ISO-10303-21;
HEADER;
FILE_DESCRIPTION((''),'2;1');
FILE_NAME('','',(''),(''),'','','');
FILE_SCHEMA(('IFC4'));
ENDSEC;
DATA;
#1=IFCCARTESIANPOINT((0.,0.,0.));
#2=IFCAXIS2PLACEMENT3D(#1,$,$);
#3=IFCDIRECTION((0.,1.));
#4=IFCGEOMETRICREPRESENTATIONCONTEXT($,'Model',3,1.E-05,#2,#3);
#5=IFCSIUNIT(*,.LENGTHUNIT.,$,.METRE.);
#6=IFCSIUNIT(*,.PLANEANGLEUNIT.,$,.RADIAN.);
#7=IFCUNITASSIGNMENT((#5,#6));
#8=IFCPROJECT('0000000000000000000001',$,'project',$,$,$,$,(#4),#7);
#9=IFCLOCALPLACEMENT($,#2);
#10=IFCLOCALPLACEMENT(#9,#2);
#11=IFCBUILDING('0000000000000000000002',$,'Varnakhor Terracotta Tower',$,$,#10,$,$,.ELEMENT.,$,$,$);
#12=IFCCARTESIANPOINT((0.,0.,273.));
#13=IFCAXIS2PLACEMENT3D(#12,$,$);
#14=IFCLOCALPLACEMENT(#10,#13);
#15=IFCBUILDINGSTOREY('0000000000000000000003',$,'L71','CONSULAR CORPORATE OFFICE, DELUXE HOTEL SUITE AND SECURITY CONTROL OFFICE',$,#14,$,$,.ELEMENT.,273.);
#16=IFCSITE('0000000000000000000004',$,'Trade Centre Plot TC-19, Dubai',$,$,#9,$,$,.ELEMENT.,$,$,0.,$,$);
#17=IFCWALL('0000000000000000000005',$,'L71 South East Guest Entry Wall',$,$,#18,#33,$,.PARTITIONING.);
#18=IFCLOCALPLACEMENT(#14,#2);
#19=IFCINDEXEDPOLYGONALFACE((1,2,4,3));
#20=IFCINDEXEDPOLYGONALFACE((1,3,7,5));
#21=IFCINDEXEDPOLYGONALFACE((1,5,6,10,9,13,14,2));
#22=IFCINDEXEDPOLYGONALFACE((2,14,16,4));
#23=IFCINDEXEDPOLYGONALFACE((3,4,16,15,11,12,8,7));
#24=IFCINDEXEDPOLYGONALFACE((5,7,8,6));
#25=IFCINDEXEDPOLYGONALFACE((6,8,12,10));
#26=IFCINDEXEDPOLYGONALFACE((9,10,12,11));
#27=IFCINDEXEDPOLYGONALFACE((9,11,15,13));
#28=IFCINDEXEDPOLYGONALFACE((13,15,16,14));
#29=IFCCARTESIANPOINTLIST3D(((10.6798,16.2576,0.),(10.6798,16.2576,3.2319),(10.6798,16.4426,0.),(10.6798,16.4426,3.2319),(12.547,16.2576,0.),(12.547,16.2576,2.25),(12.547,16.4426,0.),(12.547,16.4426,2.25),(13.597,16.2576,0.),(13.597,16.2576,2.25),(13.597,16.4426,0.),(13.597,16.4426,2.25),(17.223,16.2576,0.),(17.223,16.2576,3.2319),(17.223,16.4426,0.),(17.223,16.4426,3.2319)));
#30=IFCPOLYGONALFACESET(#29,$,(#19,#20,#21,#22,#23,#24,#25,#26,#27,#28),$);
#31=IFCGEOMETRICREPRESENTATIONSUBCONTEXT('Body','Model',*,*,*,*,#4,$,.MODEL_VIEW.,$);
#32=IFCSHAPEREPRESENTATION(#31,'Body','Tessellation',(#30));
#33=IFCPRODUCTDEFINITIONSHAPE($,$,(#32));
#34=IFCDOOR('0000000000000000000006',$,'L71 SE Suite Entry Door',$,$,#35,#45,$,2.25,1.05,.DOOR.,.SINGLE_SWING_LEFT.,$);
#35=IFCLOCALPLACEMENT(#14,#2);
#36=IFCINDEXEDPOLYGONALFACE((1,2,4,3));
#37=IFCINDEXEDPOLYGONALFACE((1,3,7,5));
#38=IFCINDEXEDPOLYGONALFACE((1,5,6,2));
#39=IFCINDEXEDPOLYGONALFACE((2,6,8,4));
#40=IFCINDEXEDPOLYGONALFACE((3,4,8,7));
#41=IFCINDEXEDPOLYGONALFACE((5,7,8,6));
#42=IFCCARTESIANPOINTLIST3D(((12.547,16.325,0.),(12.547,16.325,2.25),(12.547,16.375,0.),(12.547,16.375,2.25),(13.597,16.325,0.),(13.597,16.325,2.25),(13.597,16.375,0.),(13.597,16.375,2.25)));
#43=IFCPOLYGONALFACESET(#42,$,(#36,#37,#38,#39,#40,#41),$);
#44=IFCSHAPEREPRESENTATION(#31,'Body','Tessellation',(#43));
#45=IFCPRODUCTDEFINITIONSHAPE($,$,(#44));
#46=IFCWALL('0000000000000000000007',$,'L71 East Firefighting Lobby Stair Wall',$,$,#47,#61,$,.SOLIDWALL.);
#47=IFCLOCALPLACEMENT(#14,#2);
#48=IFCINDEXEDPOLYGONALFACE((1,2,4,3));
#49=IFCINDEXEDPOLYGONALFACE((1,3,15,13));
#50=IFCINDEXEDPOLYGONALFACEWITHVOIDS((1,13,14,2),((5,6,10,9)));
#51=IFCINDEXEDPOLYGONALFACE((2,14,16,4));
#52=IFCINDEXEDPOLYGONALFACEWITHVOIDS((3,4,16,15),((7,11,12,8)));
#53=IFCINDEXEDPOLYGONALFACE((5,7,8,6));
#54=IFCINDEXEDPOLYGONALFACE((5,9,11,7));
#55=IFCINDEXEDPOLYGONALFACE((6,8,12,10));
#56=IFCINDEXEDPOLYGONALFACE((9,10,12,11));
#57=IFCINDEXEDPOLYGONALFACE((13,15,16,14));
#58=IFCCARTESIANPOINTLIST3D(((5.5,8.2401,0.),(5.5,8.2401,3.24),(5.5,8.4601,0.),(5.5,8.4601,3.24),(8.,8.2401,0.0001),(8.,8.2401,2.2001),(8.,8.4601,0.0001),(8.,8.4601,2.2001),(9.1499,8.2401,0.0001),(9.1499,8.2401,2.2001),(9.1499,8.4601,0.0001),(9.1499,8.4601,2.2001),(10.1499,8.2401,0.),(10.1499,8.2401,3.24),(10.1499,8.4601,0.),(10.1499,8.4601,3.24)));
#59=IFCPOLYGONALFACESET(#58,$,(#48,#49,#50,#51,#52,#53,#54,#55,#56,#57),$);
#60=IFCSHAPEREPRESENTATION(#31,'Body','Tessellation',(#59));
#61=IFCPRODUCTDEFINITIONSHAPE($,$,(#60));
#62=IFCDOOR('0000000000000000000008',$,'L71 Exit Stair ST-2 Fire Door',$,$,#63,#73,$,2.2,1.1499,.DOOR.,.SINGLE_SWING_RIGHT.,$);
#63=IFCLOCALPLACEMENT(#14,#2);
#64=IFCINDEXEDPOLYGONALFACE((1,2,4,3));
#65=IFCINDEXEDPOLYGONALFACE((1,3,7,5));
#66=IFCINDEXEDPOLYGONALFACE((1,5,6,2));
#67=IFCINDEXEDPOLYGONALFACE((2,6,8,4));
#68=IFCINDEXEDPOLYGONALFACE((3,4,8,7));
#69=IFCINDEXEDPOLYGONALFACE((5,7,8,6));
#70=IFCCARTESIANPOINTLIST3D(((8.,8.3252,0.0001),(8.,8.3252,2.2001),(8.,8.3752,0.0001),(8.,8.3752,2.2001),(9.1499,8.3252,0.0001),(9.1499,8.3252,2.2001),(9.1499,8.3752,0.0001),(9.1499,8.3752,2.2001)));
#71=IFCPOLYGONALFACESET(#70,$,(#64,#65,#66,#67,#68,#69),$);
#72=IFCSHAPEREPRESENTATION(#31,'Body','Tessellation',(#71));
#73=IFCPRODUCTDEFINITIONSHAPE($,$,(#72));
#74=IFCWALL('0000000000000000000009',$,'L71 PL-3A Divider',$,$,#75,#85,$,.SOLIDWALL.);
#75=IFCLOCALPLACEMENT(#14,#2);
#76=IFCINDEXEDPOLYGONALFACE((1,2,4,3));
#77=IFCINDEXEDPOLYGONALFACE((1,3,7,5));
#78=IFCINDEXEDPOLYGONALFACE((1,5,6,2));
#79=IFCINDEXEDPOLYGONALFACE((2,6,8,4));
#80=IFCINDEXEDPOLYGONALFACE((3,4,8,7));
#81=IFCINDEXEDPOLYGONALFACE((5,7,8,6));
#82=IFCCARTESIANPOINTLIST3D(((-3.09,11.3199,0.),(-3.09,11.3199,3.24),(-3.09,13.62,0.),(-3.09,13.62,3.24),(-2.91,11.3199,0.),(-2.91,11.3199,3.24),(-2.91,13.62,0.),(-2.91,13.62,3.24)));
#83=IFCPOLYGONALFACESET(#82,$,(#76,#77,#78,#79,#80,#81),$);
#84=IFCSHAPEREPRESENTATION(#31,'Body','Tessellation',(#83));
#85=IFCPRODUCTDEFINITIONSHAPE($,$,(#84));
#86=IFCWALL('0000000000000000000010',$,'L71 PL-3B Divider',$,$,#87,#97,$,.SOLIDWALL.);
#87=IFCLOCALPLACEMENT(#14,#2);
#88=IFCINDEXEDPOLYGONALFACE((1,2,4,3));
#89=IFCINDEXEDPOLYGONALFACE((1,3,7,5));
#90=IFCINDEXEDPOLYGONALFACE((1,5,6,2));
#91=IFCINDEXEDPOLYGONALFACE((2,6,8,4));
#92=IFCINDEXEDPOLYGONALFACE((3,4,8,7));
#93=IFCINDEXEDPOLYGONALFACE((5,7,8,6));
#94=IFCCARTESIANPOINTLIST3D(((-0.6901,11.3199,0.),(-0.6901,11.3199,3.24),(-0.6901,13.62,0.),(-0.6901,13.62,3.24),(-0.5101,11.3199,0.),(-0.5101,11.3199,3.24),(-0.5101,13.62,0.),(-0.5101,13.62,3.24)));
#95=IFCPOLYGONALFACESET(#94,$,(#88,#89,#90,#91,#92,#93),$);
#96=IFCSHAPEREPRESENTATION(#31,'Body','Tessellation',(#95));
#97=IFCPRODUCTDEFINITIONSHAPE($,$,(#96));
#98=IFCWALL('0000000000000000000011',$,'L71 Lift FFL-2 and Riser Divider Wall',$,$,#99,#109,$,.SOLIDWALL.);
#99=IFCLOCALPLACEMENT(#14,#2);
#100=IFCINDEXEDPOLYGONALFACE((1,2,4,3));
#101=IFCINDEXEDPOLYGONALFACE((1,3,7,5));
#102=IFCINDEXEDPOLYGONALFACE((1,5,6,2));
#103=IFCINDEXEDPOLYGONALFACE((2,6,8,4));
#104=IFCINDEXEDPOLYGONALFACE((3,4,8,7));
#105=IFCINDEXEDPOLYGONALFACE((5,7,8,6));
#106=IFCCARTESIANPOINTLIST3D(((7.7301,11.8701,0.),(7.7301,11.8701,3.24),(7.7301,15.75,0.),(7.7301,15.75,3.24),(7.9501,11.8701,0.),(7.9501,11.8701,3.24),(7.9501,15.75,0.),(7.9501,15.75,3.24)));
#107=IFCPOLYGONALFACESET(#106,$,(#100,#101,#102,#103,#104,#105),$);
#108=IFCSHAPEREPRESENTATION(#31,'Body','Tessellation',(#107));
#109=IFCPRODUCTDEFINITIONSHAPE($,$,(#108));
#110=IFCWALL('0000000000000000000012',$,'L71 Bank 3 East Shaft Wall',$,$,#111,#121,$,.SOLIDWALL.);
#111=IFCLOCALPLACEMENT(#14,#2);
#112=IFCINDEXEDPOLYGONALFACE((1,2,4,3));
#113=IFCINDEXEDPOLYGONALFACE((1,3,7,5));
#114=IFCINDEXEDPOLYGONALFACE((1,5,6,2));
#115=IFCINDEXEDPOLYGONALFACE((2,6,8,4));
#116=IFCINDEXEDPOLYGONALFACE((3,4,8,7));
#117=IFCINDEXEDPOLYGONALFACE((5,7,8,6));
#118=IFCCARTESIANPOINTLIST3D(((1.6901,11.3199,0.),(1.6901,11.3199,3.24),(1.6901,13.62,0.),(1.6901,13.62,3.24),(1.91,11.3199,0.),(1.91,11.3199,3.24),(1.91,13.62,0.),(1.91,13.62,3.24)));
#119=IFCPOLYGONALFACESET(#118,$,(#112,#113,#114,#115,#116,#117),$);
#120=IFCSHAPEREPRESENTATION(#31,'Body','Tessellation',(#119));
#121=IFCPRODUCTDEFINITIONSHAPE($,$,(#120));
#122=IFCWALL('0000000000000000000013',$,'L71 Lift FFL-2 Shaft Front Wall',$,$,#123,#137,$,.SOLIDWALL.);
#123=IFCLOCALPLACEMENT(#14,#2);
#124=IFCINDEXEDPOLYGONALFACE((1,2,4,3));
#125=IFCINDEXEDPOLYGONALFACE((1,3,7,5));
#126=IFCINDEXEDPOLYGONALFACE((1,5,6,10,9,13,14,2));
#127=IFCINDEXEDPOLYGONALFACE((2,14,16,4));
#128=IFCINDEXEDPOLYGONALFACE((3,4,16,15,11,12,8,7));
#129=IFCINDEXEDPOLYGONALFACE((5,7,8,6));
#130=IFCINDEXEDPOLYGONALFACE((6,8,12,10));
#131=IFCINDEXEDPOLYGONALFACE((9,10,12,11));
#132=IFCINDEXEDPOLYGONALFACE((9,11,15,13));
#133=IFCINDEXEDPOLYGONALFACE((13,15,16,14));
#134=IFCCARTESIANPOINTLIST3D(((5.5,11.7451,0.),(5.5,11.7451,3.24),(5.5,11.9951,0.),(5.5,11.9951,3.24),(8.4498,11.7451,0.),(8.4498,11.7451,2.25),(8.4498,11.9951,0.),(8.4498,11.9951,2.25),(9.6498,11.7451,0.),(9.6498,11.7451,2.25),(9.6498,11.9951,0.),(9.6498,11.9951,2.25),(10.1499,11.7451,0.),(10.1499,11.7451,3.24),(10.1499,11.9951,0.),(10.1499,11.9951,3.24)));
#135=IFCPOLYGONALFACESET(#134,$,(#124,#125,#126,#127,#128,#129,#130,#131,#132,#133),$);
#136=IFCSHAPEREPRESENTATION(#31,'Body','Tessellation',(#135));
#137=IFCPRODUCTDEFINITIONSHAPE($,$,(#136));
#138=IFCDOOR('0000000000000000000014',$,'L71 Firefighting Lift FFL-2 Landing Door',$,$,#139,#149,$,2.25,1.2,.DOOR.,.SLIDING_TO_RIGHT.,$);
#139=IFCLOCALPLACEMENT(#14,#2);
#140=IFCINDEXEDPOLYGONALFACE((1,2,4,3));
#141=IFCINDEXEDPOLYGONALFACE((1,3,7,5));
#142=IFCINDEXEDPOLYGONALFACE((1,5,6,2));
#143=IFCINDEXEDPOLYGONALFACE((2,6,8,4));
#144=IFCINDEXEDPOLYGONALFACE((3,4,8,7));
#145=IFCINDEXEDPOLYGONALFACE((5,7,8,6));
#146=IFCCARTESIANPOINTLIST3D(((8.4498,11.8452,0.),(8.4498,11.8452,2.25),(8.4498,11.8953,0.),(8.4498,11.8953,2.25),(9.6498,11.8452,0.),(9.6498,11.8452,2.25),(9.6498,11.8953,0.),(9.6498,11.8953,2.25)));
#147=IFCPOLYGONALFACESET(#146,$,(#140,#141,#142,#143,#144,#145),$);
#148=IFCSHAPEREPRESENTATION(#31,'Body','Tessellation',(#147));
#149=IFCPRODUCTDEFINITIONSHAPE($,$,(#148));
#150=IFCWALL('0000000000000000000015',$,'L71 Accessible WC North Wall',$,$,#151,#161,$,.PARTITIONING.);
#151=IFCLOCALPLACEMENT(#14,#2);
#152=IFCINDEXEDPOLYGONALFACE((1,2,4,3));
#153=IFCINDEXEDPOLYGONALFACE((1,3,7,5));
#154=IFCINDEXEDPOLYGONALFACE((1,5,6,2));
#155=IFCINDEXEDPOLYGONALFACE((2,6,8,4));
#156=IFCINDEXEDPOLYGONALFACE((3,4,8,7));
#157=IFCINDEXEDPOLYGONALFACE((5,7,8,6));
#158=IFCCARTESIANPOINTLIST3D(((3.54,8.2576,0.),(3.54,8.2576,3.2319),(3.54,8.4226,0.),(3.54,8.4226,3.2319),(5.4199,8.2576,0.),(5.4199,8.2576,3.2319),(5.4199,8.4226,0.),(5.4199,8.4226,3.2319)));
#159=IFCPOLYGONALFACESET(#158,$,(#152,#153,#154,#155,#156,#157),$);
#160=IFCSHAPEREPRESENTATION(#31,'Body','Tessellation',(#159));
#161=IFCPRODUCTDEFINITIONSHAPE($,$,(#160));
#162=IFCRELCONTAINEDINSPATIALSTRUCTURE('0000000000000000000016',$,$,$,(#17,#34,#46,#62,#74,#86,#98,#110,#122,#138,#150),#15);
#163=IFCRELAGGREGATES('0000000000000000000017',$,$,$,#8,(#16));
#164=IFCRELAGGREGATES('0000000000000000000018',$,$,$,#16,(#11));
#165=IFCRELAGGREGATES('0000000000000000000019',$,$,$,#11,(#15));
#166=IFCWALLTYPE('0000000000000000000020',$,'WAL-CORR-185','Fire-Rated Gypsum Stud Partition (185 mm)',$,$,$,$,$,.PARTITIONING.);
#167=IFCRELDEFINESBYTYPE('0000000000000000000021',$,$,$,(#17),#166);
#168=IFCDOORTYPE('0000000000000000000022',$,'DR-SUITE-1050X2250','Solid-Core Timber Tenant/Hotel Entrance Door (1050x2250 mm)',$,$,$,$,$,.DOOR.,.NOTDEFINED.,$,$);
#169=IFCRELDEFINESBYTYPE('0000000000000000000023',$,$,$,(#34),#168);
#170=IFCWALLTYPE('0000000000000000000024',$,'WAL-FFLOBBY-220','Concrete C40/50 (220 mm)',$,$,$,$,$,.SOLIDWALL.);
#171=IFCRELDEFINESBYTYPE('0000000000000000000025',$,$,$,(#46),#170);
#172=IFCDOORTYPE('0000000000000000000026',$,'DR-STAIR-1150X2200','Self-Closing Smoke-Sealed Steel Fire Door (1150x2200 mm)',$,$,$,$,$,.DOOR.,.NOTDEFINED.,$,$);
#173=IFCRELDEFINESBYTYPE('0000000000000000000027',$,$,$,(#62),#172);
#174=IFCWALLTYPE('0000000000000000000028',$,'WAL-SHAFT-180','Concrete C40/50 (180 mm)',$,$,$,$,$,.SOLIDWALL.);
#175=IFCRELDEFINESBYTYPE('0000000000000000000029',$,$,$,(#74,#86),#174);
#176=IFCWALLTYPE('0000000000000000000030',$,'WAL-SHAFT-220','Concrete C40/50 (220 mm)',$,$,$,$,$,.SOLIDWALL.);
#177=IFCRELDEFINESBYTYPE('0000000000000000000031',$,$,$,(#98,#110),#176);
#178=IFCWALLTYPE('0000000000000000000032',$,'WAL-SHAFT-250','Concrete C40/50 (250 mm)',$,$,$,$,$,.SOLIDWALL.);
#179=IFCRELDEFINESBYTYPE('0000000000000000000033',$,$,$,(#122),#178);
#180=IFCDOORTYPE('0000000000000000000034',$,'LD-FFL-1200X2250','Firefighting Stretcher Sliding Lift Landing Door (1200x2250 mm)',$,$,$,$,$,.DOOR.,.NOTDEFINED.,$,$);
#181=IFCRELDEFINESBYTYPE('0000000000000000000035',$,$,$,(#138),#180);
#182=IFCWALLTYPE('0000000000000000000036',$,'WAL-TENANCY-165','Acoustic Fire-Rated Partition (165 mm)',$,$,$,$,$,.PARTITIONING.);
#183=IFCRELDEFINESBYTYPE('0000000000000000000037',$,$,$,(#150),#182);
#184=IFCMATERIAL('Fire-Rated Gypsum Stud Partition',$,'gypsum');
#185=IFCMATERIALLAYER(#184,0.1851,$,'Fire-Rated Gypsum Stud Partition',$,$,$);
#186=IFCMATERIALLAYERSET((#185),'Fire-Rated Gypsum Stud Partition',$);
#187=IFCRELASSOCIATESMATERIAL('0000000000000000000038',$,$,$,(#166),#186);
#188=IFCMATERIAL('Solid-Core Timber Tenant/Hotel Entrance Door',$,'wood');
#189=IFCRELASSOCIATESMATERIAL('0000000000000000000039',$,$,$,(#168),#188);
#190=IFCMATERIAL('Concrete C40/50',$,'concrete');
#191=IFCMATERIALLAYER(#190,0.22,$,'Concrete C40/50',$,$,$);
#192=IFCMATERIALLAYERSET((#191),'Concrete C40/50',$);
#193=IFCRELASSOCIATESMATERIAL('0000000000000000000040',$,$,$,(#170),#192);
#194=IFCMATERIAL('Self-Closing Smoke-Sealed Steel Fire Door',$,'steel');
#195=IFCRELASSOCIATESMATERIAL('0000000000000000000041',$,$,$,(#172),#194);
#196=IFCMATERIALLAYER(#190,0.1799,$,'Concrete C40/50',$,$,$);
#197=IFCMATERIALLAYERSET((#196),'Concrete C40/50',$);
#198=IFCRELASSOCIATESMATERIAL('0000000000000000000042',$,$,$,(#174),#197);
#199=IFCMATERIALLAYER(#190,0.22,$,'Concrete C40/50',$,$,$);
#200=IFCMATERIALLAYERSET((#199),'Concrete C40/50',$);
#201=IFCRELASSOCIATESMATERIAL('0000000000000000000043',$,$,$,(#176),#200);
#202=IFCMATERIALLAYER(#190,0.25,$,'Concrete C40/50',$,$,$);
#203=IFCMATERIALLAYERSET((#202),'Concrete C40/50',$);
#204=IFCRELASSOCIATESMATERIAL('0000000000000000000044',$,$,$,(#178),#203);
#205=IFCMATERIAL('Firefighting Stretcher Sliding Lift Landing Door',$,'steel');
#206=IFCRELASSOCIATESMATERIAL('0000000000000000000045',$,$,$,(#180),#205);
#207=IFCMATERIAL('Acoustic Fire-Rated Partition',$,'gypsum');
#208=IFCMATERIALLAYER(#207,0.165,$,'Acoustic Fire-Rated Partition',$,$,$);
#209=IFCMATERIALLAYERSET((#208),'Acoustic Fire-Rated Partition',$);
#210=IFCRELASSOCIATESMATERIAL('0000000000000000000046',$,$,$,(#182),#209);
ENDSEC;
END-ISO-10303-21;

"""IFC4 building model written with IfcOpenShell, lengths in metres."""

from ifc_helpers import new_model, si_unit, direction, frame, frame_2d, origin, place, context, subcontext, project, spatial, rectangle, extrude, source, transform, mapped, material, layer, layer_set, type_object, type_shapes, element, fill, save


model = new_model("IFC4")

# Units and contexts
model_context = context("Model", 3, precision=1e-05, world=origin(), true_north=direction((0.0, 1.0)))
body_context = subcontext(model_context, "Body", "Model", "MODEL_VIEW")
ifc_project = project(units=[si_unit("LENGTHUNIT", "METRE"), si_unit("PLANEANGLEUNIT", "RADIAN")], contexts=[model_context])

# Site, building, storey
site_placement = place(None, origin())
site = spatial("IfcSite", under=ifc_project, at=site_placement, Name="Trade Centre Plot TC-19, Dubai", CompositionType="ELEMENT", RefElevation=0.0)
building_placement = place(site_placement, origin())
building = spatial("IfcBuilding", under=site, at=building_placement, Name="Varnakhor Terracotta Tower", CompositionType="ELEMENT")
storey_placement = place(building_placement, frame((0.0, 0.0, 273.0)))
storey = spatial("IfcBuildingStorey", under=building, at=storey_placement, Name="L71", Description="CONSULAR CORPORATE OFFICE, DELUXE HOTEL SUITE AND SECURITY CONTROL OFFICE", CompositionType="ELEMENT", Elevation=273.0)

# Shared definitions
ifc_material_1 = material(Name="Fire-Rated Gypsum Stud Partition", Category="gypsum")
ifc_layer_1 = layer(ifc_material_1, 0.1851, Name="Fire-Rated Gypsum Stud Partition")
ifc_layer_set_1 = layer_set([ifc_layer_1], Name="Fire-Rated Gypsum Stud Partition")
wall_type_1 = type_object("IfcWallType", Name="WAL-CORR-185", Description="Fire-Rated Gypsum Stud Partition (185 mm)", PredefinedType="PARTITIONING", material=ifc_layer_set_1)

# Walls, openings, doors
ifc_material_2 = material(Name="Solid-Core Timber Tenant/Hotel Entrance Door", Category="wood")
door_type_1 = type_object("IfcDoorType", Name="DR-SUITE-1050X2250", Description="Solid-Core Timber Tenant/Hotel Entrance Door (1050x2250 mm)", OperationType="NOTDEFINED", PredefinedType="DOOR", material=ifc_material_2)
shared_shape_1 = source(origin(), body_context, "Body", "SweptSolid", [
    extrude(rectangle(XDim=1.05, YDim=2.25, at=frame_2d((0.5249, 1.125))), frame((0.0, 0.0249, 0.0), z_axis=(0.0, -1.0, 0.0), x_axis=(1.0, 0.0, 0.0)), (0.0, 0.0, 1.0), 0.05),
])
type_shapes(door_type_1, [shared_shape_1])
wall_1_placement = place(storey_placement, frame((10.6799, 16.3501, 0.0), z_axis=(0.0, 0.0, 1.0), x_axis=(1.0, 0.0, 0.0)))
wall_1 = element("IfcWall", 1, at=wall_1_placement, inside=storey, type_object=wall_type_1, Name="L71 South East Guest Entry Wall", PredefinedType="PARTITIONING", context=body_context, shape_type="SweptSolid", body=[
    extrude(rectangle(XDim=6.5432, YDim=0.1851, at=frame_2d((3.2715, 0.0))), origin(), (0.0, 0.0, 1.0), 3.2319),
])
opening_1_placement = place(wall_1_placement, frame((1.8672, 0.0, 0.0)))
opening_1 = element("IfcOpeningElement", 2, at=opening_1_placement, cuts=wall_1, PredefinedType="OPENING", context=body_context, shape_type="SweptSolid", body=[
    extrude(rectangle(XDim=1.05, YDim=2.25, at=frame_2d((0.5249, 1.125))), frame((0.0, 0.1025, 0.0), z_axis=(0.0, -1.0, 0.0), x_axis=(1.0, 0.0, 0.0)), (0.0, 0.0, 1.0), 0.2051),
])
door_1_placement = place(opening_1_placement, origin())
door_1 = element("IfcDoor", 3, at=door_1_placement, inside=storey, type_object=door_type_1, Name="L71 SE Suite Entry Door", OperationType="SINGLE_SWING_LEFT", OverallHeight=2.25, OverallWidth=1.05, PredefinedType="DOOR", context=body_context, shape_type="MappedRepresentation", body=[
    mapped(shared_shape_1, transform((0.0, 0.0, 0.0), scale=1.0)),
])
fill(opening_1, door_1)
ifc_material_3 = material(Name="Concrete C40/50", Category="concrete")
ifc_layer_2 = layer(ifc_material_3, 0.22, Name="Concrete C40/50")
ifc_layer_set_2 = layer_set([ifc_layer_2], Name="Concrete C40/50")
wall_type_2 = type_object("IfcWallType", Name="WAL-FFLOBBY-220", Description="Concrete C40/50 (220 mm)", PredefinedType="SOLIDWALL", material=ifc_layer_set_2)
wall_2_placement = place(storey_placement, frame((10.1499, 8.3501, 0.0), z_axis=(0.0, 0.0, 1.0), x_axis=(-1.0, 0.0, 0.0)))
wall_2 = element("IfcWall", 4, at=wall_2_placement, inside=storey, type_object=wall_type_2, Name="L71 East Firefighting Lobby Stair Wall", PredefinedType="SOLIDWALL", context=body_context, shape_type="SweptSolid", body=[
    extrude(rectangle(XDim=4.6499, YDim=0.22, at=frame_2d((2.325, 0.0))), origin(), (0.0, 0.0, 1.0), 3.24),
])
opening_2_placement = place(wall_2_placement, frame((1.0, 0.0, 0.0)))
opening_2 = element("IfcOpeningElement", 5, at=opening_2_placement, cuts=wall_2, PredefinedType="OPENING", context=body_context, shape_type="SweptSolid", body=[
    extrude(rectangle(XDim=1.1499, YDim=2.2, at=frame_2d((0.575, 1.1001))), frame((0.0, 0.1201, 0.0), z_axis=(0.0, -1.0, 0.0), x_axis=(1.0, 0.0, 0.0)), (0.0, 0.0, 1.0), 0.24),
])
ifc_material_4 = material(Name="Self-Closing Smoke-Sealed Steel Fire Door", Category="steel")
door_type_2 = type_object("IfcDoorType", Name="DR-STAIR-1150X2200", Description="Self-Closing Smoke-Sealed Steel Fire Door (1150x2200 mm)", OperationType="NOTDEFINED", PredefinedType="DOOR", material=ifc_material_4)
shared_shape_2 = source(origin(), body_context, "Body", "SweptSolid", [
    extrude(rectangle(XDim=1.1499, YDim=2.2, at=frame_2d((0.575, 1.1001))), frame((0.0, 0.0249, 0.0), z_axis=(0.0, -1.0, 0.0), x_axis=(1.0, 0.0, 0.0)), (0.0, 0.0, 1.0), 0.05),
])
type_shapes(door_type_2, [shared_shape_2])
door_2_placement = place(opening_2_placement, origin())
door_2 = element("IfcDoor", 6, at=door_2_placement, inside=storey, type_object=door_type_2, Name="L71 Exit Stair ST-2 Fire Door", OperationType="SINGLE_SWING_RIGHT", OverallHeight=2.2, OverallWidth=1.1499, PredefinedType="DOOR", context=body_context, shape_type="MappedRepresentation", body=[
    mapped(shared_shape_2, transform((0.0, 0.0, 0.0), scale=1.0)),
])
fill(opening_2, door_2)

# Walls
ifc_layer_3 = layer(ifc_material_3, 0.1799, Name="Concrete C40/50")
ifc_layer_set_3 = layer_set([ifc_layer_3], Name="Concrete C40/50")
wall_type_3 = type_object("IfcWallType", Name="WAL-SHAFT-180", Description="Concrete C40/50 (180 mm)", PredefinedType="SOLIDWALL", material=ifc_layer_set_3)
for number, where, z_axis, x_axis, name in (
    (7, (-3.0, 11.3201, 0.0), (0.0, 0.0, 1.0), (0.0, 1.0, 0.0), "L71 PL-3A Divider"),
    (8, (-0.6001, 11.3201, 0.0), (0.0, 0.0, 1.0), (0.0, 1.0, 0.0), "L71 PL-3B Divider"),
):
    element("IfcWall", number, at=place(storey_placement, frame(where, z_axis=z_axis, x_axis=x_axis)), inside=storey, type_object=wall_type_3, Name=name, PredefinedType="SOLIDWALL", context=body_context, shape_type="SweptSolid", body=[
        extrude(rectangle(XDim=2.3, YDim=0.1799, at=frame_2d((1.1499, 0.0))), origin(), (0.0, 0.0, 1.0), 3.24),
    ])
ifc_layer_4 = layer(ifc_material_3, 0.22, Name="Concrete C40/50")
ifc_layer_set_4 = layer_set([ifc_layer_4], Name="Concrete C40/50")
wall_type_4 = type_object("IfcWallType", Name="WAL-SHAFT-220", Description="Concrete C40/50 (220 mm)", PredefinedType="SOLIDWALL", material=ifc_layer_set_4)
wall_3_placement = place(storey_placement, frame((7.8401, 11.8701, 0.0), z_axis=(0.0, 0.0, 1.0), x_axis=(0.0, 1.0, 0.0)))
element("IfcWall", 9, at=wall_3_placement, inside=storey, type_object=wall_type_4, Name="L71 Lift FFL-2 and Riser Divider Wall", PredefinedType="SOLIDWALL", context=body_context, shape_type="SweptSolid", body=[
    extrude(rectangle(XDim=3.8799, YDim=0.22, at=frame_2d((1.9399, 0.0))), origin(), (0.0, 0.0, 1.0), 3.24),
])
wall_4_placement = place(storey_placement, frame((1.8, 11.3201, 0.0), z_axis=(0.0, 0.0, 1.0), x_axis=(0.0, 1.0, 0.0)))
element("IfcWall", 10, at=wall_4_placement, inside=storey, type_object=wall_type_4, Name="L71 Bank 3 East Shaft Wall", PredefinedType="SOLIDWALL", context=body_context, shape_type="SweptSolid", body=[
    extrude(rectangle(XDim=2.3, YDim=0.22, at=frame_2d((1.1499, 0.0))), origin(), (0.0, 0.0, 1.0), 3.24),
])

# Wall, opening, door
ifc_layer_5 = layer(ifc_material_3, 0.25, Name="Concrete C40/50")
ifc_layer_set_5 = layer_set([ifc_layer_5], Name="Concrete C40/50")
wall_type_5 = type_object("IfcWallType", Name="WAL-SHAFT-250", Description="Concrete C40/50 (250 mm)", PredefinedType="SOLIDWALL", material=ifc_layer_set_5)
wall_5_placement = place(storey_placement, frame((10.1499, 11.8701, 0.0), z_axis=(0.0, 0.0, 1.0), x_axis=(-1.0, 0.0, 0.0)))
wall_5 = element("IfcWall", 11, at=wall_5_placement, inside=storey, type_object=wall_type_5, Name="L71 Lift FFL-2 Shaft Front Wall", PredefinedType="SOLIDWALL", context=body_context, shape_type="SweptSolid", body=[
    extrude(rectangle(XDim=4.6499, YDim=0.25, at=frame_2d((2.325, 0.0))), origin(), (0.0, 0.0, 1.0), 3.24),
])
opening_3_placement = place(wall_5_placement, frame((0.5, 0.0, 0.0)))
opening_3 = element("IfcOpeningElement", 12, at=opening_3_placement, cuts=wall_5, PredefinedType="OPENING", context=body_context, shape_type="SweptSolid", body=[
    extrude(rectangle(XDim=1.2, YDim=2.25, at=frame_2d((0.6001, 1.125))), frame((0.0, 0.135, 0.0), z_axis=(0.0, -1.0, 0.0), x_axis=(1.0, 0.0, 0.0)), (0.0, 0.0, 1.0), 0.27),
])
ifc_material_5 = material(Name="Firefighting Stretcher Sliding Lift Landing Door", Category="steel")
door_type_3 = type_object("IfcDoorType", Name="LD-FFL-1200X2250", Description="Firefighting Stretcher Sliding Lift Landing Door (1200x2250 mm)", OperationType="NOTDEFINED", PredefinedType="DOOR", material=ifc_material_5)
shared_shape_3 = source(origin(), body_context, "Body", "SweptSolid", [
    extrude(rectangle(XDim=1.2, YDim=2.25, at=frame_2d((0.6001, 1.125))), frame((0.0, 0.0249, 0.0), z_axis=(0.0, -1.0, 0.0), x_axis=(1.0, 0.0, 0.0)), (0.0, 0.0, 1.0), 0.05),
])
type_shapes(door_type_3, [shared_shape_3])
door_3_placement = place(opening_3_placement, origin())
door_3 = element("IfcDoor", 13, at=door_3_placement, inside=storey, type_object=door_type_3, Name="L71 Firefighting Lift FFL-2 Landing Door", OperationType="SLIDING_TO_RIGHT", OverallHeight=2.25, OverallWidth=1.2, PredefinedType="DOOR", context=body_context, shape_type="MappedRepresentation", body=[
    mapped(shared_shape_3, transform((0.0, 0.0, 0.0), scale=1.0)),
])
fill(opening_3, door_3)

# Wall
ifc_material_6 = material(Name="Acoustic Fire-Rated Partition", Category="gypsum")
ifc_layer_6 = layer(ifc_material_6, 0.165, Name="Acoustic Fire-Rated Partition")
ifc_layer_set_6 = layer_set([ifc_layer_6], Name="Acoustic Fire-Rated Partition")
wall_type_6 = type_object("IfcWallType", Name="WAL-TENANCY-165", Description="Acoustic Fire-Rated Partition (165 mm)", PredefinedType="PARTITIONING", material=ifc_layer_set_6)
wall_6_placement = place(storey_placement, frame((3.54, 8.3401, 0.0), z_axis=(0.0, 0.0, 1.0), x_axis=(1.0, 0.0, 0.0)))
element("IfcWall", 14, at=wall_6_placement, inside=storey, type_object=wall_type_6, Name="L71 Accessible WC North Wall", PredefinedType="PARTITIONING", context=body_context, shape_type="SweptSolid", body=[
    extrude(rectangle(XDim=1.8799, YDim=0.165, at=frame_2d((0.9399, 0.0))), origin(), (0.0, 0.0, 1.0), 3.2319),
])

save(model, "model.ifc")
